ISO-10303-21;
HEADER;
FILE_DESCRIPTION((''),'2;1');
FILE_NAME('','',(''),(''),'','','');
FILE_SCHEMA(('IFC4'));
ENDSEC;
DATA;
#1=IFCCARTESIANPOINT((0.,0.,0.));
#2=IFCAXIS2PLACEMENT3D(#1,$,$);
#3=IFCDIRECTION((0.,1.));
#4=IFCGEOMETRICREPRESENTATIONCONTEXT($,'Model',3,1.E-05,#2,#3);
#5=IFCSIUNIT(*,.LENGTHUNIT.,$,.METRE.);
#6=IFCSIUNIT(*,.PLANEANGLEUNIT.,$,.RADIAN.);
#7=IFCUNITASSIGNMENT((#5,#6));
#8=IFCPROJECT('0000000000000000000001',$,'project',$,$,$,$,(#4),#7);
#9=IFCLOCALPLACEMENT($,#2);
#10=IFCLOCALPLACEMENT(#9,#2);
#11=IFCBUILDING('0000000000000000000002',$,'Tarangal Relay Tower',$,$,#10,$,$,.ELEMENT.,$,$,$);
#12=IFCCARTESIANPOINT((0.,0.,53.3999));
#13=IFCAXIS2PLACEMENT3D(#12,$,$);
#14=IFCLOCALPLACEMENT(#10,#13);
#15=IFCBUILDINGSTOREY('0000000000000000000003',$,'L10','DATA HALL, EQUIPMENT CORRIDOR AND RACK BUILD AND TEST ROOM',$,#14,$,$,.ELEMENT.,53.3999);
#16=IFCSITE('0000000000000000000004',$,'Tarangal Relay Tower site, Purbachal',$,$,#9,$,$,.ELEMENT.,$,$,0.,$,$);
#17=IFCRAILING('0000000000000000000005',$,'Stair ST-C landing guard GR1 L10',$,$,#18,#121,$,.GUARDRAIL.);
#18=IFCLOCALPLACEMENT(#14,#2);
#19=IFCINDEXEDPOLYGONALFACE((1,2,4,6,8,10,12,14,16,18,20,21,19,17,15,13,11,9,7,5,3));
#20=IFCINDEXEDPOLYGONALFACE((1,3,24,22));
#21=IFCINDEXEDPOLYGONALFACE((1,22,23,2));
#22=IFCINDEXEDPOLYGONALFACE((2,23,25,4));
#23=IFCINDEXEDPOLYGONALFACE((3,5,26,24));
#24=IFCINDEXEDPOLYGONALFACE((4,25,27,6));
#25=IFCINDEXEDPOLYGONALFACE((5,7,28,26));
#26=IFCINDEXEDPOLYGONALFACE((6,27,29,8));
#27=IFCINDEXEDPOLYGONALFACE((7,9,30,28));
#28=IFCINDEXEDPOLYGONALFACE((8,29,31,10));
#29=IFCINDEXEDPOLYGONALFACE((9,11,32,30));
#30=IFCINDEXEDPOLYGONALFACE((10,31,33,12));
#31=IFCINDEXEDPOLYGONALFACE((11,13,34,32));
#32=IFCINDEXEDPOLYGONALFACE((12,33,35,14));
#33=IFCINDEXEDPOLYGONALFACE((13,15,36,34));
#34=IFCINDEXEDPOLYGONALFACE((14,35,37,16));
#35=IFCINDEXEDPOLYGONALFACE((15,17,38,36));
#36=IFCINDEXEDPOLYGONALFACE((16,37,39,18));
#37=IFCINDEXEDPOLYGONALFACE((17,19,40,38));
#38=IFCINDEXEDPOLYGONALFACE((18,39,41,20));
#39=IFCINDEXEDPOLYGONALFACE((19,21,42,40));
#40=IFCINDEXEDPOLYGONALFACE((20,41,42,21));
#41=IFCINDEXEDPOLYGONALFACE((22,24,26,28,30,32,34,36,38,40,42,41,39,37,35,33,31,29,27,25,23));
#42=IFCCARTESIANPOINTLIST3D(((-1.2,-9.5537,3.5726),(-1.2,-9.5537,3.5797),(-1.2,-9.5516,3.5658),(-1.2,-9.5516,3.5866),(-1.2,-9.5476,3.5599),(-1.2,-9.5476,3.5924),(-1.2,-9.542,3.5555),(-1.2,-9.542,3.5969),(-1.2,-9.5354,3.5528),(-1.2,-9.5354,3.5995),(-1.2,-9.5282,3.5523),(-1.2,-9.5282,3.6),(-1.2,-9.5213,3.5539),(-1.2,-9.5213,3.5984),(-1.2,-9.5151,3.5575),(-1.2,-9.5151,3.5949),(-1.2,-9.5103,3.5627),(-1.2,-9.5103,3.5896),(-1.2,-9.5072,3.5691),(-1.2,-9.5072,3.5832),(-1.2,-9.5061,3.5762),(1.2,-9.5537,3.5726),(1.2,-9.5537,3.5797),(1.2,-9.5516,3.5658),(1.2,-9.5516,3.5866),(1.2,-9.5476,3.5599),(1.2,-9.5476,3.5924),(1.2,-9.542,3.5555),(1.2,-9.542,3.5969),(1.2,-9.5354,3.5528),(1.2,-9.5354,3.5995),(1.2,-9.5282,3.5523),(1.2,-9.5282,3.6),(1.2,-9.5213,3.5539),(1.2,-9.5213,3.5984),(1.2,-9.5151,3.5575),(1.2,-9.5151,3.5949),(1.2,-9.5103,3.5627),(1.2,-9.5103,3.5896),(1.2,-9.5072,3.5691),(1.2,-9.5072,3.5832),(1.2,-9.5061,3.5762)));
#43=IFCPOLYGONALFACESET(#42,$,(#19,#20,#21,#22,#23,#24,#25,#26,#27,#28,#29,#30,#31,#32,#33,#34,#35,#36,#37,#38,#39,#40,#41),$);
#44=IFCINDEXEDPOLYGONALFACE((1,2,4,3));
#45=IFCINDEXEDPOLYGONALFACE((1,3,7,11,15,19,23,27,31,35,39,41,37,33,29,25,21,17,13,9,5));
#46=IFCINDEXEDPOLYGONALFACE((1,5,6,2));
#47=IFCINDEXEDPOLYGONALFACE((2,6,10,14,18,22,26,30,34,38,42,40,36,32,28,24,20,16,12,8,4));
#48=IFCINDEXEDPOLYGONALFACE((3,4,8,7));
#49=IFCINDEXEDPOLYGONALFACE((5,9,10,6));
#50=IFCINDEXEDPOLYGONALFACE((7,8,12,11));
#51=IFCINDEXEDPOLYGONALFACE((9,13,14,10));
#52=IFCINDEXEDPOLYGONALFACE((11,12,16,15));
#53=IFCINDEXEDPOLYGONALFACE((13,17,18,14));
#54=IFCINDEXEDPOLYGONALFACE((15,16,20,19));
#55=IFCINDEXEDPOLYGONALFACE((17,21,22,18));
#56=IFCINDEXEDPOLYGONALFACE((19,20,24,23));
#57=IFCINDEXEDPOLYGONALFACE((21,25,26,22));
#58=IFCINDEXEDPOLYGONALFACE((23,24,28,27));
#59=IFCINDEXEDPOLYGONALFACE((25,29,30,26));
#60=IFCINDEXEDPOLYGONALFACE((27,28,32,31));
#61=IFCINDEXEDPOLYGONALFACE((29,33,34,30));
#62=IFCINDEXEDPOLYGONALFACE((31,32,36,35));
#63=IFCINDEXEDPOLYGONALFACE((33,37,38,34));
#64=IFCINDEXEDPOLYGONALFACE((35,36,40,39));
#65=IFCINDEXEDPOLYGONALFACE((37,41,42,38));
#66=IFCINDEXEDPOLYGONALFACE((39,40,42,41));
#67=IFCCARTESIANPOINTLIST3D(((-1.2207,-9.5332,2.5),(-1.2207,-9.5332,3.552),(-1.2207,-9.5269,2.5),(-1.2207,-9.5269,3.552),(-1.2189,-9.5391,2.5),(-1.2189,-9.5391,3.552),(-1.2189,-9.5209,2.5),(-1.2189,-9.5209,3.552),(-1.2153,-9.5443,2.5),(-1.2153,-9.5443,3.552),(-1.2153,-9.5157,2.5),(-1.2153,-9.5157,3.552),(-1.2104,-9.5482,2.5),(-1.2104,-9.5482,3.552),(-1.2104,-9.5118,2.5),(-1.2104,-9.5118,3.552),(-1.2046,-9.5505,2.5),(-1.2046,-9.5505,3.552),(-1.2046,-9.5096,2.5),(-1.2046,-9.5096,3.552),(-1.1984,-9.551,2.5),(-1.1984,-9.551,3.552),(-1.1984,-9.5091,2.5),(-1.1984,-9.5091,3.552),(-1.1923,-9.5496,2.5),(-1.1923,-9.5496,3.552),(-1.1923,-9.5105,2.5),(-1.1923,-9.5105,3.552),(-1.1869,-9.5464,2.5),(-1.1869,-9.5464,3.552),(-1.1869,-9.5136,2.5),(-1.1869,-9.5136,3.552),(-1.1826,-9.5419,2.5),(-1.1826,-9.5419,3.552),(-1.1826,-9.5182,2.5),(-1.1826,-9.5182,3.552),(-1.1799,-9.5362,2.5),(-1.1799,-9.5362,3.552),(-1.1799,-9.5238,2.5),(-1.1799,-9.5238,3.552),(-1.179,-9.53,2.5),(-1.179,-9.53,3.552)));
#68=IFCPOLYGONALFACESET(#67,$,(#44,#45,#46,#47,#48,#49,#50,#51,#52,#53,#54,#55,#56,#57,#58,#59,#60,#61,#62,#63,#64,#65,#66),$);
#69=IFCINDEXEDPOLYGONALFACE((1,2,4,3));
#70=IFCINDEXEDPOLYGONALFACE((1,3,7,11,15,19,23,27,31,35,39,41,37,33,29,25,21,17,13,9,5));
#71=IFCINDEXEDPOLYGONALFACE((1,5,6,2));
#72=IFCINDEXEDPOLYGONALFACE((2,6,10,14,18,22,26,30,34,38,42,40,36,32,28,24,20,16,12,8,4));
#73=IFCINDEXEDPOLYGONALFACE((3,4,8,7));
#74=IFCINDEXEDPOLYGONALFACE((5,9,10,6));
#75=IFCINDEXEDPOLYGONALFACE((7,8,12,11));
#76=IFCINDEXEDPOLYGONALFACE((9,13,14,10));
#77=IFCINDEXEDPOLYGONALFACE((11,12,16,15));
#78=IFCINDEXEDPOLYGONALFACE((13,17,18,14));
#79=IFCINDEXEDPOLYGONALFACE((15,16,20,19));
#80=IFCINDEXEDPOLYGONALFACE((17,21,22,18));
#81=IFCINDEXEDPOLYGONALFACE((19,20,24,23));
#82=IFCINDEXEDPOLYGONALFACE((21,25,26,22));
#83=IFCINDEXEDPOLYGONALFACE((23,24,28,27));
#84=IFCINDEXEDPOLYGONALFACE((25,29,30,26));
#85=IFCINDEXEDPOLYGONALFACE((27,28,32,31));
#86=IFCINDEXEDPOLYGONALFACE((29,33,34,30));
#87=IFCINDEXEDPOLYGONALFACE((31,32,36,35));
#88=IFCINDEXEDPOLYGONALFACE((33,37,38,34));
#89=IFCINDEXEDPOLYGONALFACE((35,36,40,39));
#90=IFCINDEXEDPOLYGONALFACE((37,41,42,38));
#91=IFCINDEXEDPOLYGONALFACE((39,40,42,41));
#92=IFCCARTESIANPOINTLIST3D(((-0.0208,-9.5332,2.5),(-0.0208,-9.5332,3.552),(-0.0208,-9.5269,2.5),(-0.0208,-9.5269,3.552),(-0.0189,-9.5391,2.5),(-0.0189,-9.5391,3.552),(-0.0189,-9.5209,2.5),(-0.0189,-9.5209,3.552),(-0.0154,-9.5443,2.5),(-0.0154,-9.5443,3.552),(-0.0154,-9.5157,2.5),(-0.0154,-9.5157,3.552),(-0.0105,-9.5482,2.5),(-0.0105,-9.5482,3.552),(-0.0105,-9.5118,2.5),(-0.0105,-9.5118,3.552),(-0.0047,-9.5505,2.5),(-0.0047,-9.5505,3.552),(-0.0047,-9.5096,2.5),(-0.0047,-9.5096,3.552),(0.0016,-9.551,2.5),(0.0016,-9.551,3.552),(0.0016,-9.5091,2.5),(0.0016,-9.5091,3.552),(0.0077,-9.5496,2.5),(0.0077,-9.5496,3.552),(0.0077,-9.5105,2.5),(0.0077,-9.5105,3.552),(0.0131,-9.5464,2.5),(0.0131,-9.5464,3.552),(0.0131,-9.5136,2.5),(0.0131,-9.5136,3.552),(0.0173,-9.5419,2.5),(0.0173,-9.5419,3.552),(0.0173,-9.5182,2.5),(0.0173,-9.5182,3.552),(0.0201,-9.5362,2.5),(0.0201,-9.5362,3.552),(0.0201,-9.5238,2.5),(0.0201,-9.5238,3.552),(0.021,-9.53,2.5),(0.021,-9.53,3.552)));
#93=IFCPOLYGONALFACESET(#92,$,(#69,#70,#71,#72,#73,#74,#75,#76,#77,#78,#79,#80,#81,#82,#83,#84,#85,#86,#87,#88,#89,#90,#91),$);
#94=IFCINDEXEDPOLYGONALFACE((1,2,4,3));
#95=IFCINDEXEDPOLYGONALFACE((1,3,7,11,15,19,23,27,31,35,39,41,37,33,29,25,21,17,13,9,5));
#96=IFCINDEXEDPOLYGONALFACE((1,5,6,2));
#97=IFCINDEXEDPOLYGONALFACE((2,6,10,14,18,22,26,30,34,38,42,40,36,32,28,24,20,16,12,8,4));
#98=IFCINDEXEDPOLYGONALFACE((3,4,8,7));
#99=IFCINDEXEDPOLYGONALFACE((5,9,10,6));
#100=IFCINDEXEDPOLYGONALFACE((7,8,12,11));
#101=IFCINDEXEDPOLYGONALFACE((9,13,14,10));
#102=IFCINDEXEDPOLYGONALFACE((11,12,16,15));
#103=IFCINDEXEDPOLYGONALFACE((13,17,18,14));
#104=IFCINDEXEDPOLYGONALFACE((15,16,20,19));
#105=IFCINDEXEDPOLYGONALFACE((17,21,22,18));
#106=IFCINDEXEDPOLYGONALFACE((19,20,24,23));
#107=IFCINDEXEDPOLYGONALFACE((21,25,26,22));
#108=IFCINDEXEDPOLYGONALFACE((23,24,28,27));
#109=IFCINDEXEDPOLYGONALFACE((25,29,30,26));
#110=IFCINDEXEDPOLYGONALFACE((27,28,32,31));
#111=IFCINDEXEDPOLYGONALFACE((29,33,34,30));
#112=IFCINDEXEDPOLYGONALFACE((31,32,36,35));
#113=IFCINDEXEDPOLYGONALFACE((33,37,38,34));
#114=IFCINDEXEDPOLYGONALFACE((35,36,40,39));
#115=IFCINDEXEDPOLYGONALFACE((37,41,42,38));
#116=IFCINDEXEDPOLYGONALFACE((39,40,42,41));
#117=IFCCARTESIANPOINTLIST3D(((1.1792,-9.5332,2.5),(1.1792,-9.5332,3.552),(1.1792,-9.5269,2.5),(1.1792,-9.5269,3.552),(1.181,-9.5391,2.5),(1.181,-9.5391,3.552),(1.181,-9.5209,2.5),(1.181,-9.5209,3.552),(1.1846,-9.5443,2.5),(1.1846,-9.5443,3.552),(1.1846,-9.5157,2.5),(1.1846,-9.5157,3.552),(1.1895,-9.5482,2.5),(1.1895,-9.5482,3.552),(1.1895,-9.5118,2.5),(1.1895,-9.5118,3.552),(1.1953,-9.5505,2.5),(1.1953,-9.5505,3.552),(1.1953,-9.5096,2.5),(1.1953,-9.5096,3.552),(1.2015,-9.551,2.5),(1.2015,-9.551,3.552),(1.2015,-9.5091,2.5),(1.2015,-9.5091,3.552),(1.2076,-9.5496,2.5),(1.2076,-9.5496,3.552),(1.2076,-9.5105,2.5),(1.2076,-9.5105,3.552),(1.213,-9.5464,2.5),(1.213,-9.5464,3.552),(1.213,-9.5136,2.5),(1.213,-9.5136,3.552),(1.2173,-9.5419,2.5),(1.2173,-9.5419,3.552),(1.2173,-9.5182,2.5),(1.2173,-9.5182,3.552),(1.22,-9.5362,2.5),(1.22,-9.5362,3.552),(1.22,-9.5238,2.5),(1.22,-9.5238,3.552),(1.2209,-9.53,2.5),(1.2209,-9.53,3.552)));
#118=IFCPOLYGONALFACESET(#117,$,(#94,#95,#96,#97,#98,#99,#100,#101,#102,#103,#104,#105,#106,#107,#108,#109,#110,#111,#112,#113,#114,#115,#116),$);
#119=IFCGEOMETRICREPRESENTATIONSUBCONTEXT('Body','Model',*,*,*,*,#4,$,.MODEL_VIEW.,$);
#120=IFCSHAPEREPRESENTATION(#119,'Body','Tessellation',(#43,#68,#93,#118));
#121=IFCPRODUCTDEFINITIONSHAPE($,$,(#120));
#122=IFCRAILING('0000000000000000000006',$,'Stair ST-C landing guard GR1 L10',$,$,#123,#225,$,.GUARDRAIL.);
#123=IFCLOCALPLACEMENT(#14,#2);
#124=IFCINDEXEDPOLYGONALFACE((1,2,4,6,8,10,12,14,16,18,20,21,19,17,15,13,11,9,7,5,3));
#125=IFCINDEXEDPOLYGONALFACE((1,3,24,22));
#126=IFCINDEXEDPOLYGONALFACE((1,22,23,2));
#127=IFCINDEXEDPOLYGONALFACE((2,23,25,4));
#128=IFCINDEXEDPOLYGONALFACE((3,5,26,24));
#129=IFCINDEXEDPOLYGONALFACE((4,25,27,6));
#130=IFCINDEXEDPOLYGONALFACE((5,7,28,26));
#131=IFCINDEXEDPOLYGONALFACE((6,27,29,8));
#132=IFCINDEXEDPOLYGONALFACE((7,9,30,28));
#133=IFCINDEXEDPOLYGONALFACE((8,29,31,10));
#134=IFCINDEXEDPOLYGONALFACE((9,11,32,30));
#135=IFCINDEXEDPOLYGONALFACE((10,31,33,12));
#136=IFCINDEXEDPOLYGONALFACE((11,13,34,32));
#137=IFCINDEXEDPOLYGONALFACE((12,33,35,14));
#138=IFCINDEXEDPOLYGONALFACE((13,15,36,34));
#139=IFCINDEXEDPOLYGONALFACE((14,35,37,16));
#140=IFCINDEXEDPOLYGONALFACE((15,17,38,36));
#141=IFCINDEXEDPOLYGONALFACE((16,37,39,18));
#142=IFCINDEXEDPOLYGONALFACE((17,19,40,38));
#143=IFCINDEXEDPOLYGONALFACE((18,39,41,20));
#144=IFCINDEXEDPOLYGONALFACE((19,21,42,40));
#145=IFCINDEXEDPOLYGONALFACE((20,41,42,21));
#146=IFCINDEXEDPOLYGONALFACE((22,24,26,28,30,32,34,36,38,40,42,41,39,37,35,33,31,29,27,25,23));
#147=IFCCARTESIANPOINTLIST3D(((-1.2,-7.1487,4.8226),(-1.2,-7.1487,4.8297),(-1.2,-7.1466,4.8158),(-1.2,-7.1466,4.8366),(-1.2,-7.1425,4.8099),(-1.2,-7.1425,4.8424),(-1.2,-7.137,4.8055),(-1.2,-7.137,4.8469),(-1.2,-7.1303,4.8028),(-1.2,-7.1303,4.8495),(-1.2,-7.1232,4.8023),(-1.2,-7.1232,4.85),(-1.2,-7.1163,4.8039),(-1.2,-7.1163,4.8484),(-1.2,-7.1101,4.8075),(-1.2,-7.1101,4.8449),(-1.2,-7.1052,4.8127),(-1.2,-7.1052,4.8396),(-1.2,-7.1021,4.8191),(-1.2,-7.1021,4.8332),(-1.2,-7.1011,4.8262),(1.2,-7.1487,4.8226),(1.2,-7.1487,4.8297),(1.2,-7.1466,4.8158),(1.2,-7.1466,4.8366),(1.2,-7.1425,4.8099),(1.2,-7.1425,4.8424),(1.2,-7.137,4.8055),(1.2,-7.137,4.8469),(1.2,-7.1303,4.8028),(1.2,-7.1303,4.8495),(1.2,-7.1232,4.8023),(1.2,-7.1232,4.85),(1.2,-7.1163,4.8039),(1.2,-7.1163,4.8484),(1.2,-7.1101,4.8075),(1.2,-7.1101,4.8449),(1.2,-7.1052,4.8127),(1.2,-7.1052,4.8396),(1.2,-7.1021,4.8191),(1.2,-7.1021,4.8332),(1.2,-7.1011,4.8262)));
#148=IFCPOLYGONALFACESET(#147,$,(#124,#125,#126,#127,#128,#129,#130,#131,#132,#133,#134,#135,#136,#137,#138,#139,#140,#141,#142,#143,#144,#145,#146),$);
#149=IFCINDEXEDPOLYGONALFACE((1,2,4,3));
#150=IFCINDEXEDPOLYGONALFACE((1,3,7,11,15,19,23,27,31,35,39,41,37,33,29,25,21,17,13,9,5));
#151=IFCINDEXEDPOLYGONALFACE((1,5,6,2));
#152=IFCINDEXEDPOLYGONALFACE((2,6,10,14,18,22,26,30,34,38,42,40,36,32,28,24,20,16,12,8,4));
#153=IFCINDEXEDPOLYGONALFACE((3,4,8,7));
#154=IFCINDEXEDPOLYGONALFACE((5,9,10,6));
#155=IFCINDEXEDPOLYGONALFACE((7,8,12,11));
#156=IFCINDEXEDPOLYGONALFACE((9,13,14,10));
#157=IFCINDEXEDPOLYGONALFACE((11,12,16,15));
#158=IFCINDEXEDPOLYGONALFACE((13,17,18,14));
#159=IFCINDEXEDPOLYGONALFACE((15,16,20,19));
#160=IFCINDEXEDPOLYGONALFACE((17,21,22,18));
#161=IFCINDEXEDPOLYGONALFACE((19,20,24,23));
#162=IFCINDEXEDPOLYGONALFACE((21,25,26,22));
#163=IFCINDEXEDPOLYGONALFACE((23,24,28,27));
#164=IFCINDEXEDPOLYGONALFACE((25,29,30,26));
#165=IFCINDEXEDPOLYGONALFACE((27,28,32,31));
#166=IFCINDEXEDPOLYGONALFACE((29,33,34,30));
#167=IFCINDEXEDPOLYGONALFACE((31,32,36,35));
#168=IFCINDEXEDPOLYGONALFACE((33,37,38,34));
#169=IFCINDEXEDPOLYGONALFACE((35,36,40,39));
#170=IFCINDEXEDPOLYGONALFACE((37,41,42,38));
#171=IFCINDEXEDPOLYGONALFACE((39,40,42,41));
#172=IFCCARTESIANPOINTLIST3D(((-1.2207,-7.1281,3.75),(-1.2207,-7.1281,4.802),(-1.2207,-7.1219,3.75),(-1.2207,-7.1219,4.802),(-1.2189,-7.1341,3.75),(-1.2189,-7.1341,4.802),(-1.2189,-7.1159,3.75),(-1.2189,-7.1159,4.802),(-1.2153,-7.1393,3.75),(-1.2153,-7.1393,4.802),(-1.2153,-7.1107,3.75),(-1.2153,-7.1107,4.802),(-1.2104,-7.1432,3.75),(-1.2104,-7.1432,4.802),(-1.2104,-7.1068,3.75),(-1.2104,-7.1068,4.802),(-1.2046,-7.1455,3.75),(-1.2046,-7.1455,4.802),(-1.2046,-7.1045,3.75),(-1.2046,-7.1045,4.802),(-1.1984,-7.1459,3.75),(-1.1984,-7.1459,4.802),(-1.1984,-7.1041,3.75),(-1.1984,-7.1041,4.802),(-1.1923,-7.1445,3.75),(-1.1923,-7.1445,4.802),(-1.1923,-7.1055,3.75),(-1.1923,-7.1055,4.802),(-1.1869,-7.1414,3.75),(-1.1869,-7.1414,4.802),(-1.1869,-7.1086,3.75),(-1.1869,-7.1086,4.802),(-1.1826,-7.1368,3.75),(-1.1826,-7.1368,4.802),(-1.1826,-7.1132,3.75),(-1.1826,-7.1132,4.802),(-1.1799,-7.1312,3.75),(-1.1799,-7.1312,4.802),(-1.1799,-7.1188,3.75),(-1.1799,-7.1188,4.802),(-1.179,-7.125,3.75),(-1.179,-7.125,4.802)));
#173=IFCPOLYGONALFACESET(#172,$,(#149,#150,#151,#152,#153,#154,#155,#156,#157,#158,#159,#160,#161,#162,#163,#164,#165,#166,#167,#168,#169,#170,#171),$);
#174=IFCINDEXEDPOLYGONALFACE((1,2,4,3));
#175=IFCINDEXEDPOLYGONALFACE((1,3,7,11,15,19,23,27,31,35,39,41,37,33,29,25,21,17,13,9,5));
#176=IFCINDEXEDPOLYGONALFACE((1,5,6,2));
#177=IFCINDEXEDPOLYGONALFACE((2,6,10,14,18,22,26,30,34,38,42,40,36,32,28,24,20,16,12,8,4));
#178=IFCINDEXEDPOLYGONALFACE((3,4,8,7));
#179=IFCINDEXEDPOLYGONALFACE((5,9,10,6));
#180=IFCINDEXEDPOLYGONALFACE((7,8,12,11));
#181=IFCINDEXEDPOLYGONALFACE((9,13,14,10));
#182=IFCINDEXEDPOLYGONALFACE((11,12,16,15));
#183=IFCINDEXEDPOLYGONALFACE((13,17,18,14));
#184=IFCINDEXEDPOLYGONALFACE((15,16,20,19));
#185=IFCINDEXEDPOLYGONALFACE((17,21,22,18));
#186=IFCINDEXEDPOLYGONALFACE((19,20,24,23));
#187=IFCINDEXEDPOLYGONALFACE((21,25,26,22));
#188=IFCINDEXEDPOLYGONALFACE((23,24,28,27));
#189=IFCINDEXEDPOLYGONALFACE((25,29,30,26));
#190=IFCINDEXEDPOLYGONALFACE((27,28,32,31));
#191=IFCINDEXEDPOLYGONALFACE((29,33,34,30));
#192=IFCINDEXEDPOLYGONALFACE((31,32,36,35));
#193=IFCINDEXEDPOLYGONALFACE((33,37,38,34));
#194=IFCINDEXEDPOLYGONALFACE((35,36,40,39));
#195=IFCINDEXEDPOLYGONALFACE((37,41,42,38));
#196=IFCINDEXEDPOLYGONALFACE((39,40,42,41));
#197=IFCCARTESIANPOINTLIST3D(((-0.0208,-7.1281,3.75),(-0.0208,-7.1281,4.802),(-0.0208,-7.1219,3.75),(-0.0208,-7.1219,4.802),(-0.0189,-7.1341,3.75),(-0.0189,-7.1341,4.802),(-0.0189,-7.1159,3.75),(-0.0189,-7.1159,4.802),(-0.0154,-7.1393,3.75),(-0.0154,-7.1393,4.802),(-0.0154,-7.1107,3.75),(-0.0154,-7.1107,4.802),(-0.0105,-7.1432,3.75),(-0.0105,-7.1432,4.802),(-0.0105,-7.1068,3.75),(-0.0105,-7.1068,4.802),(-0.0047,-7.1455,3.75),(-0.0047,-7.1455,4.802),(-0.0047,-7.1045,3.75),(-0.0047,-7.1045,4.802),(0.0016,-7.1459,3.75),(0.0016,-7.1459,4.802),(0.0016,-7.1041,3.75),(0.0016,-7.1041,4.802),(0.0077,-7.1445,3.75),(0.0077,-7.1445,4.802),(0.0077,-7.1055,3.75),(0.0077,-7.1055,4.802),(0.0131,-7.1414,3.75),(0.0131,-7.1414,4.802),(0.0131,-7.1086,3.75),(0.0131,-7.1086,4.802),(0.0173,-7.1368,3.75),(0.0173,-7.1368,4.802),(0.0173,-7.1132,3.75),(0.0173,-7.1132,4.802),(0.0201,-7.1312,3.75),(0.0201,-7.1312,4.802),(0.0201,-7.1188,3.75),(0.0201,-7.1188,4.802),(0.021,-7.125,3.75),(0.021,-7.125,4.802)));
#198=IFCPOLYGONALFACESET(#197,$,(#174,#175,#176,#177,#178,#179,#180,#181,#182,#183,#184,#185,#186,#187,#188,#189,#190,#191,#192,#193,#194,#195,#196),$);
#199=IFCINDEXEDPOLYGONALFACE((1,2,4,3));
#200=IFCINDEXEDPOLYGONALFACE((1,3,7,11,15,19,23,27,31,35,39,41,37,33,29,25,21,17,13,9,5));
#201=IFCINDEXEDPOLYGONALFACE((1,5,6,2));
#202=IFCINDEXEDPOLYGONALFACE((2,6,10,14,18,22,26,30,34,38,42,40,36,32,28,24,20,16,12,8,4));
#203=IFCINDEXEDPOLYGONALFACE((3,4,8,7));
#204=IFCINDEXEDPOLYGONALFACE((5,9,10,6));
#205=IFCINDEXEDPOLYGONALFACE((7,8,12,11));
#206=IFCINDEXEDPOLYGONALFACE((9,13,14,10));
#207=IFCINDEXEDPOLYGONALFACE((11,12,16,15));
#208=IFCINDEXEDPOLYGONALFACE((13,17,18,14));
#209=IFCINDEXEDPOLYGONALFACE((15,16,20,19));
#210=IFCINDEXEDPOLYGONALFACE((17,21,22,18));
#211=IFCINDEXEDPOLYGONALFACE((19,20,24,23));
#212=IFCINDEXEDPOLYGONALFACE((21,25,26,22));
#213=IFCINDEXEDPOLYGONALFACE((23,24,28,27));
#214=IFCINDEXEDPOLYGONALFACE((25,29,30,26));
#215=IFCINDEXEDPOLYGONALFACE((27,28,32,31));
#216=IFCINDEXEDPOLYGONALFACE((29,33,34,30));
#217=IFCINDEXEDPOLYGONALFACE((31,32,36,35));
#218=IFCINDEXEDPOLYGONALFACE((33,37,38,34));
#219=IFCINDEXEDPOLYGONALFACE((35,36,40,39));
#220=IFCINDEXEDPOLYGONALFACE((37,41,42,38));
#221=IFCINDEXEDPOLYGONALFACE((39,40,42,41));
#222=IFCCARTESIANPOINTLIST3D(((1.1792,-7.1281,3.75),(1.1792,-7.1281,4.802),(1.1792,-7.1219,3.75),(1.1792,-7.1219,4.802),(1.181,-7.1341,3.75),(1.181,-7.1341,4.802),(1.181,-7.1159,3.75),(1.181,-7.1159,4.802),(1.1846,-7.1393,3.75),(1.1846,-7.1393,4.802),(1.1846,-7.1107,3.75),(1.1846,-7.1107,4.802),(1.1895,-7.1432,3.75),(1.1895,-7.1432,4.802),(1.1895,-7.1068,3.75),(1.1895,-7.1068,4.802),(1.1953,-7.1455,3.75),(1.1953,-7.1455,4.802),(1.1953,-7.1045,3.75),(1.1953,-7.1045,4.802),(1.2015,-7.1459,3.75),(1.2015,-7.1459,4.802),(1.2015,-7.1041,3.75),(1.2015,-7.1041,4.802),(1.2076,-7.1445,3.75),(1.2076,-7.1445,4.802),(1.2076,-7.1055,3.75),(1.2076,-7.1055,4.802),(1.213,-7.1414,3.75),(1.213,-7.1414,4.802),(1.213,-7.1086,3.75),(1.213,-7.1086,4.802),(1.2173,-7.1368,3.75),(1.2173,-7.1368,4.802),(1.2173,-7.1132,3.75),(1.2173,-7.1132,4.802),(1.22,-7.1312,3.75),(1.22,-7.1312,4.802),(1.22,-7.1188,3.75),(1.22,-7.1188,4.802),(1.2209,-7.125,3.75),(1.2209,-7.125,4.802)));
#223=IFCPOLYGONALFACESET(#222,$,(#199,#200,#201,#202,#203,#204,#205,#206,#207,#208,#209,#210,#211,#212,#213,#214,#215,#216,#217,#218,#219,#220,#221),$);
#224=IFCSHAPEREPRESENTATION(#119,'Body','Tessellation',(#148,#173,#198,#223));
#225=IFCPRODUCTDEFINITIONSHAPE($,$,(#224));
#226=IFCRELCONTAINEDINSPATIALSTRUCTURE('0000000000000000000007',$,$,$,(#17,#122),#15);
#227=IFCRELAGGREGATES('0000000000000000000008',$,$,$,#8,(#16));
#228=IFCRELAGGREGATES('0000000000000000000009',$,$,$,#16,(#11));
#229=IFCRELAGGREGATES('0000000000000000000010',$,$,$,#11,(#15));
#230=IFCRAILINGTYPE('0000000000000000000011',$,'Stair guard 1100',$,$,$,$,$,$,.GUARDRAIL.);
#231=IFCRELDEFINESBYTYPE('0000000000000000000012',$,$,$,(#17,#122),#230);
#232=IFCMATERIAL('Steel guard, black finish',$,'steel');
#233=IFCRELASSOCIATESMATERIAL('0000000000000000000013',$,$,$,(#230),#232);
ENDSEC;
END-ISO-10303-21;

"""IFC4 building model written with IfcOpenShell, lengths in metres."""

from ifc_helpers import new_model, si_unit, direction, frame, origin, origin_2d, place, context, subcontext, project, spatial, circle, extrude, material, type_object, element, save


model = new_model("IFC4")

# Units and contexts
model_context = context("Model", 3, precision=1e-05, world=origin(), true_north=direction((0.0, 1.0)))
body_context = subcontext(model_context, "Body", "Model", "MODEL_VIEW")
ifc_project = project(units=[si_unit("LENGTHUNIT", "METRE"), si_unit("PLANEANGLEUNIT", "RADIAN")], contexts=[model_context])

# Site, building, storey
site_placement = place(None, origin())
site = spatial("IfcSite", under=ifc_project, at=site_placement, Name="Tarangal Relay Tower site, Purbachal", CompositionType="ELEMENT", RefElevation=0.0)
building_placement = place(site_placement, origin())
building = spatial("IfcBuilding", under=site, at=building_placement, Name="Tarangal Relay Tower", CompositionType="ELEMENT")
storey_placement = place(building_placement, frame((0.0, 0.0, 53.3999)))
storey = spatial("IfcBuildingStorey", under=building, at=storey_placement, Name="L10", Description="DATA HALL, EQUIPMENT CORRIDOR AND RACK BUILD AND TEST ROOM", CompositionType="ELEMENT", Elevation=53.3999)

# Railings
ifc_material_1 = material(Name="Steel guard, black finish", Category="steel")
railing_type_1 = type_object("IfcRailingType", Name="Stair guard 1100", PredefinedType="GUARDRAIL", material=ifc_material_1)
for number, where, name in (
    (1, (-1.2, -9.53, 2.5), "Stair ST-C landing guard GR1 L10"),
    (2, (-1.2, -7.125, 3.75), "Stair ST-C landing guard GR1 L10"),
):
    element("IfcRailing", number, at=place(storey_placement, frame(where)), inside=storey, type_object=railing_type_1, Name=name, PredefinedType="GUARDRAIL", context=body_context, shape_type="SweptSolid", body=[
        extrude(circle(Radius=0.0239, at=origin_2d()), frame((0.0, 0.0, 1.0762), z_axis=(1.0, 0.0, 0.0), x_axis=(0.0, 1.0, 0.0)), (0.0, 0.0, 1.0), 2.3999),
        extrude(circle(Radius=0.021, at=origin_2d()), origin(), (0.0, 0.0, 1.0), 1.052),
        extrude(circle(Radius=0.021, at=origin_2d()), frame((1.2, 0.0, 0.0)), (0.0, 0.0, 1.0), 1.052),
        extrude(circle(Radius=0.021, at=origin_2d()), frame((2.3999, 0.0, 0.0)), (0.0, 0.0, 1.0), 1.052),
    ])

save(model, "model.ifc")
